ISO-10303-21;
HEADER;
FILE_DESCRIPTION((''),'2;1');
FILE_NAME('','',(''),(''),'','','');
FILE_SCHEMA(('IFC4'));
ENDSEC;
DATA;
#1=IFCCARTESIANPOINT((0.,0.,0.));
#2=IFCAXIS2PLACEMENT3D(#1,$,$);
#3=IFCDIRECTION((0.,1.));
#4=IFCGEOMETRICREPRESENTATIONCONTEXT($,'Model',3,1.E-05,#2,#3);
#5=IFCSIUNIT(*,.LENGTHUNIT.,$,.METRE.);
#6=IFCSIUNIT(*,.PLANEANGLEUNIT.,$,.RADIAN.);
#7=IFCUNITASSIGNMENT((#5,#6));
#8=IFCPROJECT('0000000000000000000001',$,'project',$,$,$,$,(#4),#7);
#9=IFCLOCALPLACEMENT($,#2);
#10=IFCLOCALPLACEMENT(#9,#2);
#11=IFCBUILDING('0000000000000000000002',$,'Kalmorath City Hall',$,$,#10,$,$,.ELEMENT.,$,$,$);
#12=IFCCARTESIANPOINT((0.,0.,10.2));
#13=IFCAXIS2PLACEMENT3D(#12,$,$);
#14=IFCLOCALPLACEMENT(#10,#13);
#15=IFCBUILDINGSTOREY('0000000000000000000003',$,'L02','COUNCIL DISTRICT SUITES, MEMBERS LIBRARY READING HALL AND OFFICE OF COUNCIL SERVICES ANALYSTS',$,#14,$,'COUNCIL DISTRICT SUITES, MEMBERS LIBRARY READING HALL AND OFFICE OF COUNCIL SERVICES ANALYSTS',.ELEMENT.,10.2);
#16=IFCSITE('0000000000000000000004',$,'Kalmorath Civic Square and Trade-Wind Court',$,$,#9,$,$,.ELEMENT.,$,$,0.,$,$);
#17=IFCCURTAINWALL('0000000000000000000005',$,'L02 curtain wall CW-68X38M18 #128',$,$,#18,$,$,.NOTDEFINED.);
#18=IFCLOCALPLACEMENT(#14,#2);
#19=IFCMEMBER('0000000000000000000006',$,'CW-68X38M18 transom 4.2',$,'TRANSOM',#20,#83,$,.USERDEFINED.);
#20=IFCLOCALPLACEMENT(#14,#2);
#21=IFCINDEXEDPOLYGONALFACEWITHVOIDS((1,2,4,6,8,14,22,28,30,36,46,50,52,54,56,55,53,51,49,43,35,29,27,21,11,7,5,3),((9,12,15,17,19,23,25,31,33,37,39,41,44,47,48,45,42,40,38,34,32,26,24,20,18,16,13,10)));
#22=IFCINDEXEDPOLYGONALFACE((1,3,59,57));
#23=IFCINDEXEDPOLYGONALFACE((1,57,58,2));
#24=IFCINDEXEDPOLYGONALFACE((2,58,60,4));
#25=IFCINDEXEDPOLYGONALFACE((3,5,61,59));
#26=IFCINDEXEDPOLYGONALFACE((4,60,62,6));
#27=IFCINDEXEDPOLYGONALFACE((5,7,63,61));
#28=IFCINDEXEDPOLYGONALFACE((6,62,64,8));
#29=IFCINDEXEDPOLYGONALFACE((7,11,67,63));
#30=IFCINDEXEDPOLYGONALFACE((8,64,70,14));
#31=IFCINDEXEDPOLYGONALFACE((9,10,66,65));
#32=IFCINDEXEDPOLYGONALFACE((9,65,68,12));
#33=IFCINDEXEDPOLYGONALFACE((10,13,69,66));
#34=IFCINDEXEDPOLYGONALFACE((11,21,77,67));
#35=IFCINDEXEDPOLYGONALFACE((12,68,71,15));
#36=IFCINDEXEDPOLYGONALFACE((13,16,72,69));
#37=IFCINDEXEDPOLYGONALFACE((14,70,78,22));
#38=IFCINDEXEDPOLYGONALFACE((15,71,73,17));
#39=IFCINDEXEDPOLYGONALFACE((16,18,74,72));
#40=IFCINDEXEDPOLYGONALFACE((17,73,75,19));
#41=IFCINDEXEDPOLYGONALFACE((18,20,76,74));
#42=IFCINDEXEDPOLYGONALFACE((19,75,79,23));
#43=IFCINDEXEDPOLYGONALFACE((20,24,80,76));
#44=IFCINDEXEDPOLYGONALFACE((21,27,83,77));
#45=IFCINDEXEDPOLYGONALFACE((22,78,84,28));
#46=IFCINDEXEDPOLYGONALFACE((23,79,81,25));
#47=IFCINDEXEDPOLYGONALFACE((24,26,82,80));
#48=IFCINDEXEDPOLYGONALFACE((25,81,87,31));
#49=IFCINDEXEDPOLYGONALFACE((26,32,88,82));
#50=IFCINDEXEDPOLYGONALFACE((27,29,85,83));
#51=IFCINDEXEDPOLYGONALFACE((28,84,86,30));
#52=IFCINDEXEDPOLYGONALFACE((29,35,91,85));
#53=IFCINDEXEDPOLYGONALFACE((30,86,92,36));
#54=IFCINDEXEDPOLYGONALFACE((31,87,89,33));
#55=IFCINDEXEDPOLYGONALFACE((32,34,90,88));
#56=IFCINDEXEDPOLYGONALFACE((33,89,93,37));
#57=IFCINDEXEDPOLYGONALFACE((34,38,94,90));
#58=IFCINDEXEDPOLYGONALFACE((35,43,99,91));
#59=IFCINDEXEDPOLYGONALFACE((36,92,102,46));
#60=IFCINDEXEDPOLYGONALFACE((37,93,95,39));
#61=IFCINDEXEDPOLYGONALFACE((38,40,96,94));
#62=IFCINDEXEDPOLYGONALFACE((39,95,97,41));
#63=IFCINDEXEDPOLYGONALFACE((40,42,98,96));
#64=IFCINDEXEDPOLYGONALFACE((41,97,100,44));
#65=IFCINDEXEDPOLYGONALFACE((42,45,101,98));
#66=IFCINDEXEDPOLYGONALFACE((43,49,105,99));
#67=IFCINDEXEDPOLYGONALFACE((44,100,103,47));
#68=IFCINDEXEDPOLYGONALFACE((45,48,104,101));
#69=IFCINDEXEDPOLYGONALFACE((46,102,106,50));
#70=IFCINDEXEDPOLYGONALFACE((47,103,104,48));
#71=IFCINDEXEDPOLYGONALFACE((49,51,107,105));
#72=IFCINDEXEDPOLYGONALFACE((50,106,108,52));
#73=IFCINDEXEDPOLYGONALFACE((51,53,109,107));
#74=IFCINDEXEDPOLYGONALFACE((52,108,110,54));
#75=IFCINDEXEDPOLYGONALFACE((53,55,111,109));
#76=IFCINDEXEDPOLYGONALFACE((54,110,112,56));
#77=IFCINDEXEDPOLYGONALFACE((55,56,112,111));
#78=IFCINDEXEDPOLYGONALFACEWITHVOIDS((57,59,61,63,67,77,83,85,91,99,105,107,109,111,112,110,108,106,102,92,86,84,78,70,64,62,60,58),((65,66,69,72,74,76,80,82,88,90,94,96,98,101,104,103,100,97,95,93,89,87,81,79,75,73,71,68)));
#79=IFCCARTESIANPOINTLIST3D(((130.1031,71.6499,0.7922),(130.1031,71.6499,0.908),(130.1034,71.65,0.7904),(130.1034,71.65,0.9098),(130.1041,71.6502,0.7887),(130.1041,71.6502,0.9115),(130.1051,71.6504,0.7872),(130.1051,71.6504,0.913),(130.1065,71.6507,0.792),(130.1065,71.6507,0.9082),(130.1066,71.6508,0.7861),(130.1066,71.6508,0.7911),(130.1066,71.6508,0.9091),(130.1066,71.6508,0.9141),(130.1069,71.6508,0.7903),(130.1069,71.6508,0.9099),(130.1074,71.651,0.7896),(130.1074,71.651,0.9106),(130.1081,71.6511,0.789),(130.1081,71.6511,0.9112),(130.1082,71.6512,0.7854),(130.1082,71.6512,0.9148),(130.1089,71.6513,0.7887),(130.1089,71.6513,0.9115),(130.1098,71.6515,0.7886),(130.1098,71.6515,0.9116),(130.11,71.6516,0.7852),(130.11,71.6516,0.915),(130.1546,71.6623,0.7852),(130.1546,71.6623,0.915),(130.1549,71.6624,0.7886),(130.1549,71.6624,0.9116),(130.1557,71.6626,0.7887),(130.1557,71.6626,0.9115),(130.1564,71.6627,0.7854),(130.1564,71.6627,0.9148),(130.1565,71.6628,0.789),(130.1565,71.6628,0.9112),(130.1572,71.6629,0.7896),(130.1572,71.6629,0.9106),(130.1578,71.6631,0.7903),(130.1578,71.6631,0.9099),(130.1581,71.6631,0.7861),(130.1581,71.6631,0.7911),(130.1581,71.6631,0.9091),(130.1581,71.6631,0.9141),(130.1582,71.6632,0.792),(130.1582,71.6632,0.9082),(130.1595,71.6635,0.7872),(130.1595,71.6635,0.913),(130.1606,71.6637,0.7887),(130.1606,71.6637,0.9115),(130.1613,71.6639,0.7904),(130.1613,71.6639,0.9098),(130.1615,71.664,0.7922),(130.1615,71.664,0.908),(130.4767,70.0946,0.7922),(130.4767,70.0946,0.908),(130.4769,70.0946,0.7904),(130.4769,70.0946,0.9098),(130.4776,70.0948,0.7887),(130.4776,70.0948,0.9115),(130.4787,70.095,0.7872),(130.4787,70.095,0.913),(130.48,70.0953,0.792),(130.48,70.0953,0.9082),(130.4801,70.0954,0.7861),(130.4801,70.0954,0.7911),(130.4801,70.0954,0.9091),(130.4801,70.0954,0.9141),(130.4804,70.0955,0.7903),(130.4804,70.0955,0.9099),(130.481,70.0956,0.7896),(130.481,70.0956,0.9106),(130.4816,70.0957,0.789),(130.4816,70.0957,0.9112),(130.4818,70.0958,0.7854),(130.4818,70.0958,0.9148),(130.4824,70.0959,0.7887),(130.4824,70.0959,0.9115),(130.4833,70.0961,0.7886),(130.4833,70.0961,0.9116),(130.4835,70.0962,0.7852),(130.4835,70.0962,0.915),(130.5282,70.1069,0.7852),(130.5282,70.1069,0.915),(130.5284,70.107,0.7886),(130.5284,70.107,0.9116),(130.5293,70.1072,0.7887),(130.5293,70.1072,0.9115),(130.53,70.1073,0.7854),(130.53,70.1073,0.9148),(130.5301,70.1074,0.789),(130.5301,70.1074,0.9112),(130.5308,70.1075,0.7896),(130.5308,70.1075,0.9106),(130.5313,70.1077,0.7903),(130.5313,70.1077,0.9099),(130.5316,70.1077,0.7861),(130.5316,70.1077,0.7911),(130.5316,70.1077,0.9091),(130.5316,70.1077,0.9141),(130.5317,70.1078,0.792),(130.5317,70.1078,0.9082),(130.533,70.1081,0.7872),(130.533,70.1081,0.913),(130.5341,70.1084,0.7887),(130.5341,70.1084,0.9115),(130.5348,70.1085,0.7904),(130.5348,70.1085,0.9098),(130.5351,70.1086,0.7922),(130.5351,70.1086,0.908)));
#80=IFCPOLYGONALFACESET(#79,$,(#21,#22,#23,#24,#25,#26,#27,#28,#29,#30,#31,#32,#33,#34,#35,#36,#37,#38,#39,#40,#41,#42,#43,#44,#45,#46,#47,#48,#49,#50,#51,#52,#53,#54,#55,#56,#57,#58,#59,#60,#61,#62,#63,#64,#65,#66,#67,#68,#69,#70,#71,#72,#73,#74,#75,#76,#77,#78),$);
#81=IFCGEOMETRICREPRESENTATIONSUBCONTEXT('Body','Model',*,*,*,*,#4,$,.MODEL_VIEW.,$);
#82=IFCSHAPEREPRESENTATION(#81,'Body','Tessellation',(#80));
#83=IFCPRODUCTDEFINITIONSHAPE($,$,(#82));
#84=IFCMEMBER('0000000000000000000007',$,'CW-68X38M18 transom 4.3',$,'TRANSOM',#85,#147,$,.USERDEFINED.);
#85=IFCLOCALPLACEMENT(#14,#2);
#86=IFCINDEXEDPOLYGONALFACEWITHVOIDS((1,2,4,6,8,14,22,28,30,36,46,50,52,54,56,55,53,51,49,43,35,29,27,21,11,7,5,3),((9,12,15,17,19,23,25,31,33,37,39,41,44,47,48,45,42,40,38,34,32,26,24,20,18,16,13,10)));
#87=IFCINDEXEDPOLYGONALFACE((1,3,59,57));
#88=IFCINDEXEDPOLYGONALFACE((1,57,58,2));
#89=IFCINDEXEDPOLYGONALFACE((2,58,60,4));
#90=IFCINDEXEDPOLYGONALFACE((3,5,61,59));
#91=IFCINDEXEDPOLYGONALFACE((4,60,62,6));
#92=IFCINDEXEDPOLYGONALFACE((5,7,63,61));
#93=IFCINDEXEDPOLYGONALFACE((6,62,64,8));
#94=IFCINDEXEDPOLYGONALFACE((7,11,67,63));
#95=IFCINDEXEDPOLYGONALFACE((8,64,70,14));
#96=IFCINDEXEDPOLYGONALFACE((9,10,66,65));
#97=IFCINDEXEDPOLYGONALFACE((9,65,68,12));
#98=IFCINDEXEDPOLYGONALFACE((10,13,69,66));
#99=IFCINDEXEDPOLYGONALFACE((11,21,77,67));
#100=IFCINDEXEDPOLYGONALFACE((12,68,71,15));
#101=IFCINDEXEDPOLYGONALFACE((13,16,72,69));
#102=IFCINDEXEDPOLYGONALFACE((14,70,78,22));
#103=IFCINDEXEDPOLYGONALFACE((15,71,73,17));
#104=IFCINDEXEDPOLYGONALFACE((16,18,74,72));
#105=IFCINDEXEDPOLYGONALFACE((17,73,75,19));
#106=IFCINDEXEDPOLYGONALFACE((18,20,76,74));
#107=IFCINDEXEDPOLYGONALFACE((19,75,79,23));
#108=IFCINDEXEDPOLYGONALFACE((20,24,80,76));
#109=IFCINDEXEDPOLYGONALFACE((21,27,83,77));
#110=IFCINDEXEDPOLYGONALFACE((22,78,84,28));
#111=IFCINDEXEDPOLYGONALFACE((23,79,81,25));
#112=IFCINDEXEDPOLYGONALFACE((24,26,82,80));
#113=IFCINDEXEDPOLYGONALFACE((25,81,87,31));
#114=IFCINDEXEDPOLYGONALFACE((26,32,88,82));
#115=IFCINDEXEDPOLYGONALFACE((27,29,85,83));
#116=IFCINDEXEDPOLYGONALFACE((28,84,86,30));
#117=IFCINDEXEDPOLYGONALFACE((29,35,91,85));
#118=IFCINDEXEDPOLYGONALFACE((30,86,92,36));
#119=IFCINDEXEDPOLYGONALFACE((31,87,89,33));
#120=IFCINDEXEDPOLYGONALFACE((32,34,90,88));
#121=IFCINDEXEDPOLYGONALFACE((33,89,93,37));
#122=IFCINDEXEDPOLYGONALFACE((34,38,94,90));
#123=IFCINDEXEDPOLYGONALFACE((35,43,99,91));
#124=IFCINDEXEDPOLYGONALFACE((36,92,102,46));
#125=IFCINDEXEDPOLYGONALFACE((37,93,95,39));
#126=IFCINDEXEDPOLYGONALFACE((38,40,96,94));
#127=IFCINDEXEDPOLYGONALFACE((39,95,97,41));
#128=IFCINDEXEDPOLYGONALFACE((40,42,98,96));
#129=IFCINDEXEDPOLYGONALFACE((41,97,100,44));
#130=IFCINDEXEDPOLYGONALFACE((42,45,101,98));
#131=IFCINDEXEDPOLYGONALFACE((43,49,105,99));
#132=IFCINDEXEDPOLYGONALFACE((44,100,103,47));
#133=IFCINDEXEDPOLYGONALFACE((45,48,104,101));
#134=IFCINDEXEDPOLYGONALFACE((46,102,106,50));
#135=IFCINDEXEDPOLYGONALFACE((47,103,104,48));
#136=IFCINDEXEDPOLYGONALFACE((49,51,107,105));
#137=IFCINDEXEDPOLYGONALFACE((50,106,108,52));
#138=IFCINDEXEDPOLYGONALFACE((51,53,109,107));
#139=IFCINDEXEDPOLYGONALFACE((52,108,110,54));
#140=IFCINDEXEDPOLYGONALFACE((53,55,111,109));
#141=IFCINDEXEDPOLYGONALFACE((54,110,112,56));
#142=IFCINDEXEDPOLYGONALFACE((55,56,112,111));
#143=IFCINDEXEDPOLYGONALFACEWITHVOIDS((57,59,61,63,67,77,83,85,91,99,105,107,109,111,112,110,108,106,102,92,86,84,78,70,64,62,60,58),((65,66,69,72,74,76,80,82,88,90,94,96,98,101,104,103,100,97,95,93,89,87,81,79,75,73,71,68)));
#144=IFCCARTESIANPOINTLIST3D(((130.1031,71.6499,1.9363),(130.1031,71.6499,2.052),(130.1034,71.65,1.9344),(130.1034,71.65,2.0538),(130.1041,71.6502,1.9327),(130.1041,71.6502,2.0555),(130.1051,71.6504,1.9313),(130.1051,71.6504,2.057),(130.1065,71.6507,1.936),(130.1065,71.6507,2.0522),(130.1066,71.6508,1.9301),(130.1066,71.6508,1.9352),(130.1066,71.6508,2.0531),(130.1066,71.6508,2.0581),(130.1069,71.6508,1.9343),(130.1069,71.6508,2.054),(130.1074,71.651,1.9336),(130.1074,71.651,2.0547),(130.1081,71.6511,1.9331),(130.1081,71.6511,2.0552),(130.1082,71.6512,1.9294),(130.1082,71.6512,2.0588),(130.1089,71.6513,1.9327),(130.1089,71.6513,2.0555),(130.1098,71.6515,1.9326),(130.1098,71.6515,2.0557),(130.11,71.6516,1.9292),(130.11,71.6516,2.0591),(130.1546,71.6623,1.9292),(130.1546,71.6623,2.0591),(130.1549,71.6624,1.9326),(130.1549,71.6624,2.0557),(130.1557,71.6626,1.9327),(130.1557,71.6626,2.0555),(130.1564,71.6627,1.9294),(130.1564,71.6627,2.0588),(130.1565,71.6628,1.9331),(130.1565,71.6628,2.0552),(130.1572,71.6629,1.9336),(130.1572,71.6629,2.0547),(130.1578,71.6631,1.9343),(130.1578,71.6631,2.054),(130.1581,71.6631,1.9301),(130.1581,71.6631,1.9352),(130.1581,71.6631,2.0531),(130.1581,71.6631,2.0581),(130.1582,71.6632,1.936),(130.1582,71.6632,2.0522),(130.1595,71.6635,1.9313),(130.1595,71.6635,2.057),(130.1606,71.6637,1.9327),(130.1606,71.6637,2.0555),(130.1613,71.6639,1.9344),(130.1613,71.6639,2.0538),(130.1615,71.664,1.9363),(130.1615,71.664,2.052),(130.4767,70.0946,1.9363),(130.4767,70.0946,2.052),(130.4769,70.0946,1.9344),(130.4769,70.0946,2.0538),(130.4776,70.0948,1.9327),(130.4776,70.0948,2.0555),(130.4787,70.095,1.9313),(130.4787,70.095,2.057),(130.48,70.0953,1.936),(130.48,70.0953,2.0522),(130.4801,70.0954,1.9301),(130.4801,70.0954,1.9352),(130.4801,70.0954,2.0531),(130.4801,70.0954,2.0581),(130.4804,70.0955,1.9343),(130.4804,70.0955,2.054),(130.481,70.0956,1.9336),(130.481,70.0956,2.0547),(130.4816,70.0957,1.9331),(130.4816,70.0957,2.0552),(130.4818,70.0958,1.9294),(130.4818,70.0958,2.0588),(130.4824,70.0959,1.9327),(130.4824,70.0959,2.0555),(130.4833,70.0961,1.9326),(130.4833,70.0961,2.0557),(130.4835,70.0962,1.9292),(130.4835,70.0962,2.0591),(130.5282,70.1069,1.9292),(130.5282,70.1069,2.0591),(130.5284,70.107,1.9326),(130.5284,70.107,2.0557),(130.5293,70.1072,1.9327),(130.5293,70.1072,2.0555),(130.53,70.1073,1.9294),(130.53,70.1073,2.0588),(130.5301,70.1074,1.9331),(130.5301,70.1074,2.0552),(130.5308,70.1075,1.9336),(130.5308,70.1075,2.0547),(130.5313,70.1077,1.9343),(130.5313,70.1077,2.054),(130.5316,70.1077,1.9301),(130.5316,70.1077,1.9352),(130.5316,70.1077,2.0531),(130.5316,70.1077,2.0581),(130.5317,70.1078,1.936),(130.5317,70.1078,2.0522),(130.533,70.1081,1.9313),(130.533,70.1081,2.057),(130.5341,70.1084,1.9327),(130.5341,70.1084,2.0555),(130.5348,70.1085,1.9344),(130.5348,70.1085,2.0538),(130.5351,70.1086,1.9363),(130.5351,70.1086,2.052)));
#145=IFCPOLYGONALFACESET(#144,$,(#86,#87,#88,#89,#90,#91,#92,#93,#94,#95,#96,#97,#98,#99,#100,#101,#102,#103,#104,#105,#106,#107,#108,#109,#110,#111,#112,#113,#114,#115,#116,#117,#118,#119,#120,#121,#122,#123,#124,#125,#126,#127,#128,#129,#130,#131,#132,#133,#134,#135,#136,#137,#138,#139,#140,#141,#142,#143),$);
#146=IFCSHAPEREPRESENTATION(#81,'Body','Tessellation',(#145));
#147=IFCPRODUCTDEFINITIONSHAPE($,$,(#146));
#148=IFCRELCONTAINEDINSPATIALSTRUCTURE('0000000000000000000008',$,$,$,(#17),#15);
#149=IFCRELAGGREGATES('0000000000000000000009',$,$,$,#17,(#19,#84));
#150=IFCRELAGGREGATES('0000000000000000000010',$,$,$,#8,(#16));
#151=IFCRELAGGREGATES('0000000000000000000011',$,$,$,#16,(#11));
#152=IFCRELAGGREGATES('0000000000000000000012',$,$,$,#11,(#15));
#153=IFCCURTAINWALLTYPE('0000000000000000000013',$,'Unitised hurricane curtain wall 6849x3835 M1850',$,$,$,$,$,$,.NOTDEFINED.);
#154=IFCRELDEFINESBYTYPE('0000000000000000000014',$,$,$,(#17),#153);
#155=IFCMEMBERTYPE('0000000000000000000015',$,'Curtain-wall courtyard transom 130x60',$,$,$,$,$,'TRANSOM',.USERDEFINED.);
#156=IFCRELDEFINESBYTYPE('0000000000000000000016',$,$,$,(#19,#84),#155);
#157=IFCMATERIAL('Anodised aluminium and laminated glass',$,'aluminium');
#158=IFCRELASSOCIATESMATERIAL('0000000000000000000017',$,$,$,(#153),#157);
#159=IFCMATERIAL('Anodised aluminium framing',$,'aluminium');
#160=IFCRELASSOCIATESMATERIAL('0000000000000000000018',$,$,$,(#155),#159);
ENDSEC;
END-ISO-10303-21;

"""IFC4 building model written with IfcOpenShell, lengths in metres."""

from ifc_helpers import new_model, si_unit, direction, frame, origin, origin_2d, place, context, subcontext, project, spatial, hollow_rectangle, extrude, material, material_profile, profile_set, type_object, element, aggregate, save


model = new_model("IFC4")

# Units and contexts
model_context = context("Model", 3, precision=1e-05, world=origin(), true_north=direction((0.0, 1.0)))
body_context = subcontext(model_context, "Body", "Model", "MODEL_VIEW")
ifc_project = project(units=[si_unit("LENGTHUNIT", "METRE"), si_unit("PLANEANGLEUNIT", "RADIAN")], contexts=[model_context])

# Site, building, storey
site_placement = place(None, origin())
site = spatial("IfcSite", under=ifc_project, at=site_placement, Name="Kalmorath Civic Square and Trade-Wind Court", CompositionType="ELEMENT", RefElevation=0.0)
building_placement = place(site_placement, origin())
building = spatial("IfcBuilding", under=site, at=building_placement, Name="Kalmorath City Hall", CompositionType="ELEMENT")
storey_placement = place(building_placement, frame((0.0, 0.0, 10.2)))
storey = spatial("IfcBuildingStorey", under=building, at=storey_placement, Name="L02", Description="COUNCIL DISTRICT SUITES, MEMBERS LIBRARY READING HALL AND OFFICE OF COUNCIL SERVICES ANALYSTS", LongName="COUNCIL DISTRICT SUITES, MEMBERS LIBRARY READING HALL AND OFFICE OF COUNCIL SERVICES ANALYSTS", CompositionType="ELEMENT", Elevation=10.2)

# Curtain wall, members
ifc_material_1 = material(Name="Anodised aluminium and laminated glass", Category="aluminium")
curtain_wall_type = type_object("IfcCurtainWallType", Name="Unitised hurricane curtain wall 6849x3835 M1850", PredefinedType="NOTDEFINED", material=ifc_material_1)
curtain_wall_1_placement = place(storey_placement, origin())
curtain_wall_1 = element("IfcCurtainWall", 1, at=curtain_wall_1_placement, inside=storey, type_object=curtain_wall_type, Name="L02 curtain wall CW-68X38M18 #128", PredefinedType="NOTDEFINED")
ifc_material_2 = material(Name="Anodised aluminium framing", Category="aluminium")
ifc_material_profile_1 = material_profile(ifc_material_2, hollow_rectangle(XDim=0.0601, YDim=0.1299, WallThickness=0.0034, InnerFilletRadius=0.0034, OuterFilletRadius=0.0071, at=origin_2d()), Name="ALU-TRN-130X60X3.5")
ifc_profile_set_1 = profile_set([ifc_material_profile_1], Name="Anodised aluminium framing")
member_type_1 = type_object("IfcMemberType", Name="Curtain-wall courtyard transom 130x60", ElementType="TRANSOM", PredefinedType="USERDEFINED", material=ifc_profile_set_1)
member_1_placement = place(storey_placement, frame((130.5059, 70.1016, 0.8501), z_axis=(-0.233511, 0.972354, 0.0), x_axis=(-0.972354, -0.233511, 0.0)))
member_1 = element("IfcMember", 2, at=member_1_placement, type_object=member_type_1, Name="CW-68X38M18 transom 4.2", ObjectType="TRANSOM", PredefinedType="USERDEFINED", context=body_context, shape_type="SweptSolid", body=[
    extrude(hollow_rectangle(XDim=0.0601, YDim=0.1299, WallThickness=0.0034, InnerFilletRadius=0.0034, OuterFilletRadius=0.0071, at=origin_2d()), origin(), (0.0, 0.0, 1.0), 1.5996),
])
member_2_placement = place(storey_placement, frame((130.5059, 70.1016, 1.9941), z_axis=(-0.233511, 0.972354, 0.0), x_axis=(-0.972354, -0.233511, 0.0)))
member_2 = element("IfcMember", 3, at=member_2_placement, type_object=member_type_1, Name="CW-68X38M18 transom 4.3", ObjectType="TRANSOM", PredefinedType="USERDEFINED", context=body_context, shape_type="SweptSolid", body=[
    extrude(hollow_rectangle(XDim=0.0601, YDim=0.1299, WallThickness=0.0034, InnerFilletRadius=0.0034, OuterFilletRadius=0.0071, at=origin_2d()), origin(), (0.0, 0.0, 1.0), 1.5996),
])

aggregate(curtain_wall_1, [member_1, member_2])

save(model, "model.ifc")
